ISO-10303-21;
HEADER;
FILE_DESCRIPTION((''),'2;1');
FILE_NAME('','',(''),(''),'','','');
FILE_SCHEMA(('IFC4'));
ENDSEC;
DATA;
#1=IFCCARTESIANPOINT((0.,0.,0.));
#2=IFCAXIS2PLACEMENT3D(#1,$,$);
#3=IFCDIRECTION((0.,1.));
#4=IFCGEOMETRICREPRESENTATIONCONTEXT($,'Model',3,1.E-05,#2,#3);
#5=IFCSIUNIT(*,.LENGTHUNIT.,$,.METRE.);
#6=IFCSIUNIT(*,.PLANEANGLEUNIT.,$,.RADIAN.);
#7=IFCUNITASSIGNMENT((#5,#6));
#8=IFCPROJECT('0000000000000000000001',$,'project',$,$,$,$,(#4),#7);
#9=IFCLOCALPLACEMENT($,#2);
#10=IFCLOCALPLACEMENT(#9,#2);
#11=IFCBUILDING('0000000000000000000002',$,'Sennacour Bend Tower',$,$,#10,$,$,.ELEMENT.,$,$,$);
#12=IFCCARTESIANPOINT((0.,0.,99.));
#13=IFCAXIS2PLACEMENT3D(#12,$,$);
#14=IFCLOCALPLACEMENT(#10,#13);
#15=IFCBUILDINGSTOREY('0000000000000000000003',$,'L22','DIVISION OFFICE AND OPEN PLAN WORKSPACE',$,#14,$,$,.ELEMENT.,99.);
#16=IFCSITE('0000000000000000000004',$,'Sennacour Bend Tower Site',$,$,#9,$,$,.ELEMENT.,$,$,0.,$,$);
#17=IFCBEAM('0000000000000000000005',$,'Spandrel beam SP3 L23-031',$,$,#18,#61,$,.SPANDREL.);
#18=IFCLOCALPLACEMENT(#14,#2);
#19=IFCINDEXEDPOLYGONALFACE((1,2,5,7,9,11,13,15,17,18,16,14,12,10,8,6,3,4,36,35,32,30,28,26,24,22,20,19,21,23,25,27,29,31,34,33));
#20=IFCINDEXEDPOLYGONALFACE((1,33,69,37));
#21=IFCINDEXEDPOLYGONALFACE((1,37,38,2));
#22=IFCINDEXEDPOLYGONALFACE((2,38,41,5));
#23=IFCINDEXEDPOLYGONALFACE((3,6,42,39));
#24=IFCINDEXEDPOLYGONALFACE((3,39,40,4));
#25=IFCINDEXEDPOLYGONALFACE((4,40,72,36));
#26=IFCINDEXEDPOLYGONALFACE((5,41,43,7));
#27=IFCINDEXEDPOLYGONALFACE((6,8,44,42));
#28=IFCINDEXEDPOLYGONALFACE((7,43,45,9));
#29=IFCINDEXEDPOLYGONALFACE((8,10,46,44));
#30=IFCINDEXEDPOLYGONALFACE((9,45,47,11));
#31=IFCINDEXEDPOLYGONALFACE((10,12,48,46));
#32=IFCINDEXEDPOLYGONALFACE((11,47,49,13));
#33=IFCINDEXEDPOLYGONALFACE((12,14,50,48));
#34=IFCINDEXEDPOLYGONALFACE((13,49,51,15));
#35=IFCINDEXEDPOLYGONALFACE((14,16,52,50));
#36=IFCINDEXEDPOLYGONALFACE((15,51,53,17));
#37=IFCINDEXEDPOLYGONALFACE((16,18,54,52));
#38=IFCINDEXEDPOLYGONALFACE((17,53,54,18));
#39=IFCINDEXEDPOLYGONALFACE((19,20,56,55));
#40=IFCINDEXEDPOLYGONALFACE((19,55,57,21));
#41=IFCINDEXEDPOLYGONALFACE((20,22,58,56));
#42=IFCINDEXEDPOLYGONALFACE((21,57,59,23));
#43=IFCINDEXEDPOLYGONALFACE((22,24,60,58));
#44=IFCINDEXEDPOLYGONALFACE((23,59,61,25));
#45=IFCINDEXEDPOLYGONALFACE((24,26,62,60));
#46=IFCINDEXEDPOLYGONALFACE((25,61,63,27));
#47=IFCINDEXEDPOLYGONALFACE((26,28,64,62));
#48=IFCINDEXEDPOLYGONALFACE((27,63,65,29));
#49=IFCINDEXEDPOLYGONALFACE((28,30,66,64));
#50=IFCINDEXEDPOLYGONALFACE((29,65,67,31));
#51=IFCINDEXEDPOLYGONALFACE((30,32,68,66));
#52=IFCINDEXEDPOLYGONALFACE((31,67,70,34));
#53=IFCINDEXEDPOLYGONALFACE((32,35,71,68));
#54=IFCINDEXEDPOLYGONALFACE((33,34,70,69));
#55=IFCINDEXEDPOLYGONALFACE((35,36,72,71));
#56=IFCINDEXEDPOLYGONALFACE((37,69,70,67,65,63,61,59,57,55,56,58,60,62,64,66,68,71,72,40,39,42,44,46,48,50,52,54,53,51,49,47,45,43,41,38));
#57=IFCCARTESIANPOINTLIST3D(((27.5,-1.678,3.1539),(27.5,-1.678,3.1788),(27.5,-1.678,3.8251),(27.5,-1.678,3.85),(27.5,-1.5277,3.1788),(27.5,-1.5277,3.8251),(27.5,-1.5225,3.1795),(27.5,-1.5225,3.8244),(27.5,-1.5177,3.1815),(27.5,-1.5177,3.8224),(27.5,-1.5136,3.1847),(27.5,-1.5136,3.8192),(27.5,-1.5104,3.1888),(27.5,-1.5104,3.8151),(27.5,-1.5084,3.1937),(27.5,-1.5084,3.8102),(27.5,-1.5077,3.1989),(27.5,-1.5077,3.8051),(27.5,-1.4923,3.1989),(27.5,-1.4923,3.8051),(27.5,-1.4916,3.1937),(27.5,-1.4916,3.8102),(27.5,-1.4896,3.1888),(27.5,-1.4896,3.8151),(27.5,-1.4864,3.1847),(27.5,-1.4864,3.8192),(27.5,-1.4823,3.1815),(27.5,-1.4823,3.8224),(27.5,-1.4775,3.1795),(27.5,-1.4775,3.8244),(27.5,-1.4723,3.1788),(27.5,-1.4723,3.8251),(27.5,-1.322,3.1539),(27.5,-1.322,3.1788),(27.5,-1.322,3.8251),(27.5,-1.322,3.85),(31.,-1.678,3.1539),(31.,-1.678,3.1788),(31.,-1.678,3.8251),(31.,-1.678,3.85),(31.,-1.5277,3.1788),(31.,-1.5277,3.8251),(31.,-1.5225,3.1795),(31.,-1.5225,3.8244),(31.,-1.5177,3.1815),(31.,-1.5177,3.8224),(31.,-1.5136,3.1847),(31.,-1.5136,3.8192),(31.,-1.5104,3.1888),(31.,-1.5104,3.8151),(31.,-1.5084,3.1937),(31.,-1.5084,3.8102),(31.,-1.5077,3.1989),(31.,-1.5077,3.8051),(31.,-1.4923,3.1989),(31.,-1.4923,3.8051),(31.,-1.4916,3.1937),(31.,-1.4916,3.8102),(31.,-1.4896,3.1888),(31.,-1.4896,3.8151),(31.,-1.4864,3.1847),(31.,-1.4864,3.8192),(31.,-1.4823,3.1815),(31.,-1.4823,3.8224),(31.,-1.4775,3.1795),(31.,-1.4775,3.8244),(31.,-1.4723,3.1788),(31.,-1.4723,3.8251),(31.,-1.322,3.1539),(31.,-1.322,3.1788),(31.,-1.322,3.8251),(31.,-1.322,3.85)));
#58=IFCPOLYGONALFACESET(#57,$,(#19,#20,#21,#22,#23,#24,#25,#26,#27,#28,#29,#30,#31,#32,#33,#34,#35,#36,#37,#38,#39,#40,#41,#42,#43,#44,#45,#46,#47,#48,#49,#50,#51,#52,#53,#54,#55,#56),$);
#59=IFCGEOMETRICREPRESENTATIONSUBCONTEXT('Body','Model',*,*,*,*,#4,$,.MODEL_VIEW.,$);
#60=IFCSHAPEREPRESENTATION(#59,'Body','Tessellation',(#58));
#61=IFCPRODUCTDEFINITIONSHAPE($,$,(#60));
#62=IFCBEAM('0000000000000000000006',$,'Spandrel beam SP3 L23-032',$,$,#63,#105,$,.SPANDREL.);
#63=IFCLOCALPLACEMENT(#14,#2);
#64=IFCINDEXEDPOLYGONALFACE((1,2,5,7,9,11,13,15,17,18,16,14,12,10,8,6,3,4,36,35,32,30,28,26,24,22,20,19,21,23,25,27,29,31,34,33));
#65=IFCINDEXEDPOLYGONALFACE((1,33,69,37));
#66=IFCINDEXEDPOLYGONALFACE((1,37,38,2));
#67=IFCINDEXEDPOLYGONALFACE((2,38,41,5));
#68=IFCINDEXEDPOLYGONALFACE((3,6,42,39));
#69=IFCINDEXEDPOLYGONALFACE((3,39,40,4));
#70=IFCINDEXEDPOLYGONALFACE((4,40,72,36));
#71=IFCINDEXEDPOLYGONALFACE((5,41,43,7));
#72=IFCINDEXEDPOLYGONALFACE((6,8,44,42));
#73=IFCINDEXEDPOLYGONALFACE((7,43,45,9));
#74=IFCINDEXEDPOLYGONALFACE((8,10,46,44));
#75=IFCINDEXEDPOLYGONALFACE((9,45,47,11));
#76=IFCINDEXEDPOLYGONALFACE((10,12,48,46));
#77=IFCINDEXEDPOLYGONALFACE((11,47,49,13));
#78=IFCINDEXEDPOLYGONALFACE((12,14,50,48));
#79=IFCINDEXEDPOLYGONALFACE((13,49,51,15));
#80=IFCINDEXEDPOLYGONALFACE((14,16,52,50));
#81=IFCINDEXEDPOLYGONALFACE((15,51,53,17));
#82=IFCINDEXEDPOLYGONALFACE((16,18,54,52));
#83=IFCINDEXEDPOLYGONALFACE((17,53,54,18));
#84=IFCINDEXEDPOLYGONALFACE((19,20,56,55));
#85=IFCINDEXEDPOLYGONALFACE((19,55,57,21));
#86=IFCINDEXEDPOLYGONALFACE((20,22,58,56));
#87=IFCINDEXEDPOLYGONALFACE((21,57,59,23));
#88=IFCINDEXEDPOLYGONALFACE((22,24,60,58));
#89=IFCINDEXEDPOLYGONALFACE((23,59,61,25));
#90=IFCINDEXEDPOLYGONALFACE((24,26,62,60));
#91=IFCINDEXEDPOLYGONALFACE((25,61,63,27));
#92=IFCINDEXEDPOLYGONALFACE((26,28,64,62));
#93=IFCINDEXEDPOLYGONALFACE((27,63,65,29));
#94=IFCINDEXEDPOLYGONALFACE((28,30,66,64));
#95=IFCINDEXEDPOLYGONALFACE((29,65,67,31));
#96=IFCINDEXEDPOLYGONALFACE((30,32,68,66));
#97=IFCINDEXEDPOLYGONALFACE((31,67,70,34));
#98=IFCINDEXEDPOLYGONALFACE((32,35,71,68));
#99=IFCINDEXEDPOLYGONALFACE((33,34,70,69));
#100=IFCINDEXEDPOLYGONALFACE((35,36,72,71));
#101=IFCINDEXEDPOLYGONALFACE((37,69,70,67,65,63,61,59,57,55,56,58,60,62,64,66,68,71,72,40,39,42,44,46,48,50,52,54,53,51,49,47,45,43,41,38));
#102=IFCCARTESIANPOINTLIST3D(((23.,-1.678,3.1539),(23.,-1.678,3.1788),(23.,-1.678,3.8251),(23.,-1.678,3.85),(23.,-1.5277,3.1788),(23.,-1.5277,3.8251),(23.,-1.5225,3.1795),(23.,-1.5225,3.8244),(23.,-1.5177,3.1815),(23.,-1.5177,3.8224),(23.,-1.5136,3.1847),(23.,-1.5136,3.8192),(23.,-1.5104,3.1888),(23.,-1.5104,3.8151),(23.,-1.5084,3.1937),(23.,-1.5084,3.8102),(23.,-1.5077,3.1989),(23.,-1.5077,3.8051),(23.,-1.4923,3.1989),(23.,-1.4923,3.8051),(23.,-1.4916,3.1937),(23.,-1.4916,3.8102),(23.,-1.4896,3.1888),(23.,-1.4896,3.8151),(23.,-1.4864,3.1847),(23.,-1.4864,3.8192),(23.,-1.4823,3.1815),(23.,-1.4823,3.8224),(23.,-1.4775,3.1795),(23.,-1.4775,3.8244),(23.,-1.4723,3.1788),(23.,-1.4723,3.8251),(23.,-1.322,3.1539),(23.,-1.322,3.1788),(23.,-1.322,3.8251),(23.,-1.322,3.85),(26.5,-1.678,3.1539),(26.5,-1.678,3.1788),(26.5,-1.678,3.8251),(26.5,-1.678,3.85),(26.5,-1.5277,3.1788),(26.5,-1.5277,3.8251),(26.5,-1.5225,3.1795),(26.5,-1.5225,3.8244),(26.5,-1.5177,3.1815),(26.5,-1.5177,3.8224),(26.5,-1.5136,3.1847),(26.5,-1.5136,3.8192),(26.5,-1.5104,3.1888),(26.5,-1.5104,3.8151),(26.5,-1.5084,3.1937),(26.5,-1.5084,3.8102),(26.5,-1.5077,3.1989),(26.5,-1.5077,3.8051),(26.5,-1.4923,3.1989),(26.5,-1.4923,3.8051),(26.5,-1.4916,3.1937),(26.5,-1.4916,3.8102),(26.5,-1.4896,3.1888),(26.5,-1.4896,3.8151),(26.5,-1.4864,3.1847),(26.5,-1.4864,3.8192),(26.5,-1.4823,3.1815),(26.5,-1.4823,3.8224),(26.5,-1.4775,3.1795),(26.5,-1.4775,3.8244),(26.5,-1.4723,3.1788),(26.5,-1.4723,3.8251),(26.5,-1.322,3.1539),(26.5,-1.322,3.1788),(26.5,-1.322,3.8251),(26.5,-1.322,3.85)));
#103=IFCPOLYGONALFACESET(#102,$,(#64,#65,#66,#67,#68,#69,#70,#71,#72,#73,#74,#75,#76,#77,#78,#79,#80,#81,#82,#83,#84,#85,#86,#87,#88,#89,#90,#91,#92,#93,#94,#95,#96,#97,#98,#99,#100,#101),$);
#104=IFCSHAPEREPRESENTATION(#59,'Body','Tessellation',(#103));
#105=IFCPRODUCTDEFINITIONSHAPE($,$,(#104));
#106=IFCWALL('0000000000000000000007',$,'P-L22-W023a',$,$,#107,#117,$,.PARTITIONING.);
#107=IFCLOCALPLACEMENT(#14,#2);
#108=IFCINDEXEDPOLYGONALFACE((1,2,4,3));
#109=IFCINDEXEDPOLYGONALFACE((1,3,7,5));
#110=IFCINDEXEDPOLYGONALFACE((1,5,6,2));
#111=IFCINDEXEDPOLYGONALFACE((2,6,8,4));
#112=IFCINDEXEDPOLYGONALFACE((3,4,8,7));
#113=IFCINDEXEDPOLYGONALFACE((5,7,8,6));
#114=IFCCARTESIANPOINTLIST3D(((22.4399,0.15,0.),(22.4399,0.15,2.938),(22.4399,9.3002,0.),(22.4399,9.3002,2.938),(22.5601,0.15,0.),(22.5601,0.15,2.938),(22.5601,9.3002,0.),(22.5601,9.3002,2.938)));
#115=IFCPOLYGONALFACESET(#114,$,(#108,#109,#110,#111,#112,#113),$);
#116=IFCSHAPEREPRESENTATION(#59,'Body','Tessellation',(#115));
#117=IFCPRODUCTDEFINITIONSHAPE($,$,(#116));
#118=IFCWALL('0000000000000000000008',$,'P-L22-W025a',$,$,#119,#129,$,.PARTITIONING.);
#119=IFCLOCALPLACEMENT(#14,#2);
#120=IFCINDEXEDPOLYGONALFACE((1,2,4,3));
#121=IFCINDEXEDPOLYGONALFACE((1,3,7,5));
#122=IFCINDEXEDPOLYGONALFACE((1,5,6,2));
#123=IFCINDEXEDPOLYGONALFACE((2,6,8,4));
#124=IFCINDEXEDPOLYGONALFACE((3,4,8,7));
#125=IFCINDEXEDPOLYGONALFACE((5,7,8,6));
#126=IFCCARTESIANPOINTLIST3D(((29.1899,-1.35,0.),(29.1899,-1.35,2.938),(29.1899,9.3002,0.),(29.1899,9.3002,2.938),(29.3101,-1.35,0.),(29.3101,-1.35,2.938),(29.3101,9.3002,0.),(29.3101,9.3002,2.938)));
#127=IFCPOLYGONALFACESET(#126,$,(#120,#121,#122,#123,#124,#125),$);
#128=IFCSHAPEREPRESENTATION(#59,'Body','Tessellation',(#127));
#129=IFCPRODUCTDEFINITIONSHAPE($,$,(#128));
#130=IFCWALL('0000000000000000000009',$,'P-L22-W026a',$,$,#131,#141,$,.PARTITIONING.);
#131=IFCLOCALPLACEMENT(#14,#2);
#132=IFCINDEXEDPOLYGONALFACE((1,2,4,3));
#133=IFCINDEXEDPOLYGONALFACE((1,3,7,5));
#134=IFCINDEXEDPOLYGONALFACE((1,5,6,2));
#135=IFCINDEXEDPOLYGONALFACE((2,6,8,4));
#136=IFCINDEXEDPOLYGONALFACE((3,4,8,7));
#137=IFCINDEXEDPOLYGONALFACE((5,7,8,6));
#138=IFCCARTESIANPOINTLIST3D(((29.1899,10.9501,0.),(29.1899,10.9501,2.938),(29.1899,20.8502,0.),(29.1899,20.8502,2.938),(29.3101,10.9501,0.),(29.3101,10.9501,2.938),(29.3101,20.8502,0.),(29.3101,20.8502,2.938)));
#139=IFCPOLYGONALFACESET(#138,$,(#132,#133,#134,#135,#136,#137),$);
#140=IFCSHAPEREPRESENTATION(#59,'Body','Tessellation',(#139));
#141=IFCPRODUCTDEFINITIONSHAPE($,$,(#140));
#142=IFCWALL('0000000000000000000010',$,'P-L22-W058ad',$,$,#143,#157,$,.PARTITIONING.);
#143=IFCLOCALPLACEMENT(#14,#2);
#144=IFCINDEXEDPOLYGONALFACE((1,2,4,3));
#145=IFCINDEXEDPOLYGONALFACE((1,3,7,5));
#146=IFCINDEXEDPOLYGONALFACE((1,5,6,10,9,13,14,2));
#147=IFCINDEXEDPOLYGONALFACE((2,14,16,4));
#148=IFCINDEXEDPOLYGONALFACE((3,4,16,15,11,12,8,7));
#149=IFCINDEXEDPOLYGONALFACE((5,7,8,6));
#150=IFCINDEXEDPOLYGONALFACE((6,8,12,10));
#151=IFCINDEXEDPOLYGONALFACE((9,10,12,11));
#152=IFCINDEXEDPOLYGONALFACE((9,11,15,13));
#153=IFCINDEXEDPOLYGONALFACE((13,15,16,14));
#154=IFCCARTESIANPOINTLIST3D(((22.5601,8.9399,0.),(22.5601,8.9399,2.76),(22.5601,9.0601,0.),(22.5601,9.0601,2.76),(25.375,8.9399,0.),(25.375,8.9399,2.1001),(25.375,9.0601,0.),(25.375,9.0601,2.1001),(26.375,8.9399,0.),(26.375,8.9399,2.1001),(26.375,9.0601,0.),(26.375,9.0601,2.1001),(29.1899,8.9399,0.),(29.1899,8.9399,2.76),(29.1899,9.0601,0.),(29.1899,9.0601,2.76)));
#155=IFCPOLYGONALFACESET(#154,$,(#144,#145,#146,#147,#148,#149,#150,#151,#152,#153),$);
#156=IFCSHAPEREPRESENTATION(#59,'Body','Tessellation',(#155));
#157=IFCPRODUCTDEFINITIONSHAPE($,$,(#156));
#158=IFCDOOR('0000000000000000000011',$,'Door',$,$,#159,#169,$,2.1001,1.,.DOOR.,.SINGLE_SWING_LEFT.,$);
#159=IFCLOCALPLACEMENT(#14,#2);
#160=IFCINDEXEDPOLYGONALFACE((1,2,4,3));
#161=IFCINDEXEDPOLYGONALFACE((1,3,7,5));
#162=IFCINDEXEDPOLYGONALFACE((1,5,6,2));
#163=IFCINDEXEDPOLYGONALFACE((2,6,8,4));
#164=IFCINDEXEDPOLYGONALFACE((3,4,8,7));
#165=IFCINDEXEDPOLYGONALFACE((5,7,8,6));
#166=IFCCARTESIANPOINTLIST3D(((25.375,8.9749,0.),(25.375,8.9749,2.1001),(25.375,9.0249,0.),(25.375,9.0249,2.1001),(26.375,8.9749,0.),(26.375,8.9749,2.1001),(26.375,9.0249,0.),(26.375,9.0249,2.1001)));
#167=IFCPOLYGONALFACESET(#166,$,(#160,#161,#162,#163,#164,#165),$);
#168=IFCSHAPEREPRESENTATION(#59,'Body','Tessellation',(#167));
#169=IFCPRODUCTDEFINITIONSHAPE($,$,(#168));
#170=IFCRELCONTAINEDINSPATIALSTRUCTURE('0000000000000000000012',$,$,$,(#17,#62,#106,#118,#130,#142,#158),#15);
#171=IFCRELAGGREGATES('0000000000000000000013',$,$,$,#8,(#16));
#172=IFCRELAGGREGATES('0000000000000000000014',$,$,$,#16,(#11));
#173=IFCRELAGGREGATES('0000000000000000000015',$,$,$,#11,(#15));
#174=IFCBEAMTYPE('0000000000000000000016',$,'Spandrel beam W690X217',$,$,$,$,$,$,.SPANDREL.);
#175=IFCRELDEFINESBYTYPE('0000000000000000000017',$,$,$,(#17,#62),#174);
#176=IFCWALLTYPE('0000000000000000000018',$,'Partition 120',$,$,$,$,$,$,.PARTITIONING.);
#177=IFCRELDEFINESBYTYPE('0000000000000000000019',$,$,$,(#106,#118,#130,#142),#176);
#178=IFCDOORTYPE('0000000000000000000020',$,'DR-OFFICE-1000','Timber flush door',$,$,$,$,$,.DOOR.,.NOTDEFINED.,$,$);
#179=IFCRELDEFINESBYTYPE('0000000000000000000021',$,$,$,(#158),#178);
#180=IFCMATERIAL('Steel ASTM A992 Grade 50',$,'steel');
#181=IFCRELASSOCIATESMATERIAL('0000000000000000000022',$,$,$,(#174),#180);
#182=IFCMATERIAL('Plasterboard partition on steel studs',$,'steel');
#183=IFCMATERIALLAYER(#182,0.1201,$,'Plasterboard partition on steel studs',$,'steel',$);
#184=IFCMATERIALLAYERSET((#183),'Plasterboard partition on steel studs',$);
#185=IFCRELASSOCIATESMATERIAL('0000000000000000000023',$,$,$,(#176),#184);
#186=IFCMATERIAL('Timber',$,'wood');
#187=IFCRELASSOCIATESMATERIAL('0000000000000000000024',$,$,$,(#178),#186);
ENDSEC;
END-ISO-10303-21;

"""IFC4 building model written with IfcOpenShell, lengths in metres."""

from ifc_helpers import new_model, si_unit, direction, frame, frame_2d, origin, origin_2d, place, context, subcontext, project, spatial, rectangle, i_section, extrude, material, layer, layer_set, material_profile, profile_set, type_object, element, fill, save


model = new_model("IFC4")

# Units and contexts
model_context = context("Model", 3, precision=1e-05, world=origin(), true_north=direction((0.0, 1.0)))
body_context = subcontext(model_context, "Body", "Model", "MODEL_VIEW")
ifc_project = project(units=[si_unit("LENGTHUNIT", "METRE"), si_unit("PLANEANGLEUNIT", "RADIAN")], contexts=[model_context])

# Site, building, storey
site_placement = place(None, origin())
site = spatial("IfcSite", under=ifc_project, at=site_placement, Name="Sennacour Bend Tower Site", CompositionType="ELEMENT", RefElevation=0.0)
building_placement = place(site_placement, origin())
building = spatial("IfcBuilding", under=site, at=building_placement, Name="Sennacour Bend Tower", CompositionType="ELEMENT")
storey_placement = place(building_placement, frame((0.0, 0.0, 99.0)))
storey = spatial("IfcBuildingStorey", under=building, at=storey_placement, Name="L22", Description="DIVISION OFFICE AND OPEN PLAN WORKSPACE", CompositionType="ELEMENT", Elevation=99.0)

# Beams
ifc_material_1 = material(Name="Steel ASTM A992 Grade 50", Category="steel")
ifc_material_profile_1 = material_profile(ifc_material_1, i_section(OverallWidth=0.356, OverallDepth=0.696, WebThickness=0.0154, FlangeThickness=0.0249, FilletRadius=0.02, at=origin_2d()), Name="Steel ASTM A992 Grade 50", Category="steel")
ifc_profile_set_1 = profile_set([ifc_material_profile_1], Name="Steel ASTM A992 Grade 50")
beam_type_1 = type_object("IfcBeamType", Name="Spandrel beam W690X217", PredefinedType="SPANDREL", material=ifc_profile_set_1)
for number, where, z_axis, x_axis, name in (
    (1, (31.0, -1.5, 3.502), (-1.0, 0.0, 0.0), (0.0, -1.0, 0.0), "Spandrel beam SP3 L23-031"),
    (2, (26.5, -1.5, 3.502), (-1.0, 0.0, 0.0), (0.0, -1.0, 0.0), "Spandrel beam SP3 L23-032"),
):
    element("IfcBeam", number, at=place(storey_placement, frame(where, z_axis=z_axis, x_axis=x_axis)), inside=storey, type_object=beam_type_1, Name=name, PredefinedType="SPANDREL", context=body_context, shape_type="SweptSolid", body=[
        extrude(i_section(OverallWidth=0.356, OverallDepth=0.696, WebThickness=0.0154, FlangeThickness=0.0249, FilletRadius=0.02, at=origin_2d()), origin(), (0.0, 0.0, 1.0), 3.5),
    ])

# Walls
ifc_material_2 = material(Name="Plasterboard partition on steel studs", Category="steel")
ifc_layer_1 = layer(ifc_material_2, 0.1201, Name="Plasterboard partition on steel studs", Category="steel")
ifc_layer_set_1 = layer_set([ifc_layer_1], Name="Plasterboard partition on steel studs")
wall_type_1 = type_object("IfcWallType", Name="Partition 120", PredefinedType="PARTITIONING", material=ifc_layer_set_1)
wall_1_placement = place(storey_placement, frame((22.5, 0.1499, 0.0), z_axis=(0.0, 0.0, 1.0), x_axis=(0.0, 1.0, 0.0)))
element("IfcWall", 3, at=wall_1_placement, inside=storey, type_object=wall_type_1, Name="P-L22-W023a", PredefinedType="PARTITIONING", context=body_context, shape_type="SweptSolid", body=[
    extrude(rectangle(XDim=9.1501, YDim=0.1201, at=frame_2d((4.5752, 0.0))), origin(), (0.0, 0.0, 1.0), 2.938),
])
wall_2_placement = place(storey_placement, frame((29.25, -1.3501, 0.0), z_axis=(0.0, 0.0, 1.0), x_axis=(0.0, 1.0, 0.0)))
element("IfcWall", 4, at=wall_2_placement, inside=storey, type_object=wall_type_1, Name="P-L22-W025a", PredefinedType="PARTITIONING", context=body_context, shape_type="SweptSolid", body=[
    extrude(rectangle(XDim=10.6501, YDim=0.1201, at=frame_2d((5.3252, 0.0))), origin(), (0.0, 0.0, 1.0), 2.938),
])
wall_3_placement = place(storey_placement, frame((29.25, 10.95, 0.0), z_axis=(0.0, 0.0, 1.0), x_axis=(0.0, 1.0, 0.0)))
element("IfcWall", 5, at=wall_3_placement, inside=storey, type_object=wall_type_1, Name="P-L22-W026a", PredefinedType="PARTITIONING", context=body_context, shape_type="SweptSolid", body=[
    extrude(rectangle(XDim=9.9001, YDim=0.1201, at=frame_2d((4.9502, 0.0))), origin(), (0.0, 0.0, 1.0), 2.938),
])

# Wall, opening, door
wall_4_placement = place(storey_placement, frame((22.5601, 9.0, 0.0), z_axis=(0.0, 0.0, 1.0), x_axis=(1.0, 0.0, 0.0)))
wall_4 = element("IfcWall", 6, at=wall_4_placement, inside=storey, type_object=wall_type_1, Name="P-L22-W058ad", PredefinedType="PARTITIONING", context=body_context, shape_type="SweptSolid", body=[
    extrude(rectangle(XDim=6.6299, YDim=0.1201, at=frame_2d((3.3149, 0.0))), origin(), (0.0, 0.0, 1.0), 2.76),
])
opening_1_placement = place(wall_4_placement, frame((2.8149, 0.0, 0.0)))
opening_1 = element("IfcOpeningElement", 7, at=opening_1_placement, cuts=wall_4, PredefinedType="OPENING", context=body_context, shape_type="SweptSolid", body=[
    extrude(rectangle(XDim=1.0, YDim=2.1001, at=frame_2d((0.5, 1.05))), frame((0.0, 0.0701, 0.0), z_axis=(0.0, -1.0, 0.0), x_axis=(1.0, 0.0, 0.0)), (0.0, 0.0, 1.0), 0.1401),
])
ifc_material_3 = material(Name="Timber", Category="wood")
door_type_1 = type_object("IfcDoorType", Name="DR-OFFICE-1000", Description="Timber flush door", OperationType="NOTDEFINED", PredefinedType="DOOR", material=ifc_material_3)
door_1_placement = place(opening_1_placement, origin())
door_1 = element("IfcDoor", 8, at=door_1_placement, inside=storey, type_object=door_type_1, Name="Door", OperationType="SINGLE_SWING_LEFT", OverallHeight=2.1001, OverallWidth=1.0, PredefinedType="DOOR", context=body_context, shape_type="SweptSolid", body=[
    extrude(rectangle(XDim=1.0, YDim=2.1001, at=frame_2d((0.5, 1.05))), frame((0.0, 0.0249, 0.0), z_axis=(0.0, -1.0, 0.0), x_axis=(1.0, 0.0, 0.0)), (0.0, 0.0, 1.0), 0.05),
])
fill(opening_1, door_1)

save(model, "model.ifc")
